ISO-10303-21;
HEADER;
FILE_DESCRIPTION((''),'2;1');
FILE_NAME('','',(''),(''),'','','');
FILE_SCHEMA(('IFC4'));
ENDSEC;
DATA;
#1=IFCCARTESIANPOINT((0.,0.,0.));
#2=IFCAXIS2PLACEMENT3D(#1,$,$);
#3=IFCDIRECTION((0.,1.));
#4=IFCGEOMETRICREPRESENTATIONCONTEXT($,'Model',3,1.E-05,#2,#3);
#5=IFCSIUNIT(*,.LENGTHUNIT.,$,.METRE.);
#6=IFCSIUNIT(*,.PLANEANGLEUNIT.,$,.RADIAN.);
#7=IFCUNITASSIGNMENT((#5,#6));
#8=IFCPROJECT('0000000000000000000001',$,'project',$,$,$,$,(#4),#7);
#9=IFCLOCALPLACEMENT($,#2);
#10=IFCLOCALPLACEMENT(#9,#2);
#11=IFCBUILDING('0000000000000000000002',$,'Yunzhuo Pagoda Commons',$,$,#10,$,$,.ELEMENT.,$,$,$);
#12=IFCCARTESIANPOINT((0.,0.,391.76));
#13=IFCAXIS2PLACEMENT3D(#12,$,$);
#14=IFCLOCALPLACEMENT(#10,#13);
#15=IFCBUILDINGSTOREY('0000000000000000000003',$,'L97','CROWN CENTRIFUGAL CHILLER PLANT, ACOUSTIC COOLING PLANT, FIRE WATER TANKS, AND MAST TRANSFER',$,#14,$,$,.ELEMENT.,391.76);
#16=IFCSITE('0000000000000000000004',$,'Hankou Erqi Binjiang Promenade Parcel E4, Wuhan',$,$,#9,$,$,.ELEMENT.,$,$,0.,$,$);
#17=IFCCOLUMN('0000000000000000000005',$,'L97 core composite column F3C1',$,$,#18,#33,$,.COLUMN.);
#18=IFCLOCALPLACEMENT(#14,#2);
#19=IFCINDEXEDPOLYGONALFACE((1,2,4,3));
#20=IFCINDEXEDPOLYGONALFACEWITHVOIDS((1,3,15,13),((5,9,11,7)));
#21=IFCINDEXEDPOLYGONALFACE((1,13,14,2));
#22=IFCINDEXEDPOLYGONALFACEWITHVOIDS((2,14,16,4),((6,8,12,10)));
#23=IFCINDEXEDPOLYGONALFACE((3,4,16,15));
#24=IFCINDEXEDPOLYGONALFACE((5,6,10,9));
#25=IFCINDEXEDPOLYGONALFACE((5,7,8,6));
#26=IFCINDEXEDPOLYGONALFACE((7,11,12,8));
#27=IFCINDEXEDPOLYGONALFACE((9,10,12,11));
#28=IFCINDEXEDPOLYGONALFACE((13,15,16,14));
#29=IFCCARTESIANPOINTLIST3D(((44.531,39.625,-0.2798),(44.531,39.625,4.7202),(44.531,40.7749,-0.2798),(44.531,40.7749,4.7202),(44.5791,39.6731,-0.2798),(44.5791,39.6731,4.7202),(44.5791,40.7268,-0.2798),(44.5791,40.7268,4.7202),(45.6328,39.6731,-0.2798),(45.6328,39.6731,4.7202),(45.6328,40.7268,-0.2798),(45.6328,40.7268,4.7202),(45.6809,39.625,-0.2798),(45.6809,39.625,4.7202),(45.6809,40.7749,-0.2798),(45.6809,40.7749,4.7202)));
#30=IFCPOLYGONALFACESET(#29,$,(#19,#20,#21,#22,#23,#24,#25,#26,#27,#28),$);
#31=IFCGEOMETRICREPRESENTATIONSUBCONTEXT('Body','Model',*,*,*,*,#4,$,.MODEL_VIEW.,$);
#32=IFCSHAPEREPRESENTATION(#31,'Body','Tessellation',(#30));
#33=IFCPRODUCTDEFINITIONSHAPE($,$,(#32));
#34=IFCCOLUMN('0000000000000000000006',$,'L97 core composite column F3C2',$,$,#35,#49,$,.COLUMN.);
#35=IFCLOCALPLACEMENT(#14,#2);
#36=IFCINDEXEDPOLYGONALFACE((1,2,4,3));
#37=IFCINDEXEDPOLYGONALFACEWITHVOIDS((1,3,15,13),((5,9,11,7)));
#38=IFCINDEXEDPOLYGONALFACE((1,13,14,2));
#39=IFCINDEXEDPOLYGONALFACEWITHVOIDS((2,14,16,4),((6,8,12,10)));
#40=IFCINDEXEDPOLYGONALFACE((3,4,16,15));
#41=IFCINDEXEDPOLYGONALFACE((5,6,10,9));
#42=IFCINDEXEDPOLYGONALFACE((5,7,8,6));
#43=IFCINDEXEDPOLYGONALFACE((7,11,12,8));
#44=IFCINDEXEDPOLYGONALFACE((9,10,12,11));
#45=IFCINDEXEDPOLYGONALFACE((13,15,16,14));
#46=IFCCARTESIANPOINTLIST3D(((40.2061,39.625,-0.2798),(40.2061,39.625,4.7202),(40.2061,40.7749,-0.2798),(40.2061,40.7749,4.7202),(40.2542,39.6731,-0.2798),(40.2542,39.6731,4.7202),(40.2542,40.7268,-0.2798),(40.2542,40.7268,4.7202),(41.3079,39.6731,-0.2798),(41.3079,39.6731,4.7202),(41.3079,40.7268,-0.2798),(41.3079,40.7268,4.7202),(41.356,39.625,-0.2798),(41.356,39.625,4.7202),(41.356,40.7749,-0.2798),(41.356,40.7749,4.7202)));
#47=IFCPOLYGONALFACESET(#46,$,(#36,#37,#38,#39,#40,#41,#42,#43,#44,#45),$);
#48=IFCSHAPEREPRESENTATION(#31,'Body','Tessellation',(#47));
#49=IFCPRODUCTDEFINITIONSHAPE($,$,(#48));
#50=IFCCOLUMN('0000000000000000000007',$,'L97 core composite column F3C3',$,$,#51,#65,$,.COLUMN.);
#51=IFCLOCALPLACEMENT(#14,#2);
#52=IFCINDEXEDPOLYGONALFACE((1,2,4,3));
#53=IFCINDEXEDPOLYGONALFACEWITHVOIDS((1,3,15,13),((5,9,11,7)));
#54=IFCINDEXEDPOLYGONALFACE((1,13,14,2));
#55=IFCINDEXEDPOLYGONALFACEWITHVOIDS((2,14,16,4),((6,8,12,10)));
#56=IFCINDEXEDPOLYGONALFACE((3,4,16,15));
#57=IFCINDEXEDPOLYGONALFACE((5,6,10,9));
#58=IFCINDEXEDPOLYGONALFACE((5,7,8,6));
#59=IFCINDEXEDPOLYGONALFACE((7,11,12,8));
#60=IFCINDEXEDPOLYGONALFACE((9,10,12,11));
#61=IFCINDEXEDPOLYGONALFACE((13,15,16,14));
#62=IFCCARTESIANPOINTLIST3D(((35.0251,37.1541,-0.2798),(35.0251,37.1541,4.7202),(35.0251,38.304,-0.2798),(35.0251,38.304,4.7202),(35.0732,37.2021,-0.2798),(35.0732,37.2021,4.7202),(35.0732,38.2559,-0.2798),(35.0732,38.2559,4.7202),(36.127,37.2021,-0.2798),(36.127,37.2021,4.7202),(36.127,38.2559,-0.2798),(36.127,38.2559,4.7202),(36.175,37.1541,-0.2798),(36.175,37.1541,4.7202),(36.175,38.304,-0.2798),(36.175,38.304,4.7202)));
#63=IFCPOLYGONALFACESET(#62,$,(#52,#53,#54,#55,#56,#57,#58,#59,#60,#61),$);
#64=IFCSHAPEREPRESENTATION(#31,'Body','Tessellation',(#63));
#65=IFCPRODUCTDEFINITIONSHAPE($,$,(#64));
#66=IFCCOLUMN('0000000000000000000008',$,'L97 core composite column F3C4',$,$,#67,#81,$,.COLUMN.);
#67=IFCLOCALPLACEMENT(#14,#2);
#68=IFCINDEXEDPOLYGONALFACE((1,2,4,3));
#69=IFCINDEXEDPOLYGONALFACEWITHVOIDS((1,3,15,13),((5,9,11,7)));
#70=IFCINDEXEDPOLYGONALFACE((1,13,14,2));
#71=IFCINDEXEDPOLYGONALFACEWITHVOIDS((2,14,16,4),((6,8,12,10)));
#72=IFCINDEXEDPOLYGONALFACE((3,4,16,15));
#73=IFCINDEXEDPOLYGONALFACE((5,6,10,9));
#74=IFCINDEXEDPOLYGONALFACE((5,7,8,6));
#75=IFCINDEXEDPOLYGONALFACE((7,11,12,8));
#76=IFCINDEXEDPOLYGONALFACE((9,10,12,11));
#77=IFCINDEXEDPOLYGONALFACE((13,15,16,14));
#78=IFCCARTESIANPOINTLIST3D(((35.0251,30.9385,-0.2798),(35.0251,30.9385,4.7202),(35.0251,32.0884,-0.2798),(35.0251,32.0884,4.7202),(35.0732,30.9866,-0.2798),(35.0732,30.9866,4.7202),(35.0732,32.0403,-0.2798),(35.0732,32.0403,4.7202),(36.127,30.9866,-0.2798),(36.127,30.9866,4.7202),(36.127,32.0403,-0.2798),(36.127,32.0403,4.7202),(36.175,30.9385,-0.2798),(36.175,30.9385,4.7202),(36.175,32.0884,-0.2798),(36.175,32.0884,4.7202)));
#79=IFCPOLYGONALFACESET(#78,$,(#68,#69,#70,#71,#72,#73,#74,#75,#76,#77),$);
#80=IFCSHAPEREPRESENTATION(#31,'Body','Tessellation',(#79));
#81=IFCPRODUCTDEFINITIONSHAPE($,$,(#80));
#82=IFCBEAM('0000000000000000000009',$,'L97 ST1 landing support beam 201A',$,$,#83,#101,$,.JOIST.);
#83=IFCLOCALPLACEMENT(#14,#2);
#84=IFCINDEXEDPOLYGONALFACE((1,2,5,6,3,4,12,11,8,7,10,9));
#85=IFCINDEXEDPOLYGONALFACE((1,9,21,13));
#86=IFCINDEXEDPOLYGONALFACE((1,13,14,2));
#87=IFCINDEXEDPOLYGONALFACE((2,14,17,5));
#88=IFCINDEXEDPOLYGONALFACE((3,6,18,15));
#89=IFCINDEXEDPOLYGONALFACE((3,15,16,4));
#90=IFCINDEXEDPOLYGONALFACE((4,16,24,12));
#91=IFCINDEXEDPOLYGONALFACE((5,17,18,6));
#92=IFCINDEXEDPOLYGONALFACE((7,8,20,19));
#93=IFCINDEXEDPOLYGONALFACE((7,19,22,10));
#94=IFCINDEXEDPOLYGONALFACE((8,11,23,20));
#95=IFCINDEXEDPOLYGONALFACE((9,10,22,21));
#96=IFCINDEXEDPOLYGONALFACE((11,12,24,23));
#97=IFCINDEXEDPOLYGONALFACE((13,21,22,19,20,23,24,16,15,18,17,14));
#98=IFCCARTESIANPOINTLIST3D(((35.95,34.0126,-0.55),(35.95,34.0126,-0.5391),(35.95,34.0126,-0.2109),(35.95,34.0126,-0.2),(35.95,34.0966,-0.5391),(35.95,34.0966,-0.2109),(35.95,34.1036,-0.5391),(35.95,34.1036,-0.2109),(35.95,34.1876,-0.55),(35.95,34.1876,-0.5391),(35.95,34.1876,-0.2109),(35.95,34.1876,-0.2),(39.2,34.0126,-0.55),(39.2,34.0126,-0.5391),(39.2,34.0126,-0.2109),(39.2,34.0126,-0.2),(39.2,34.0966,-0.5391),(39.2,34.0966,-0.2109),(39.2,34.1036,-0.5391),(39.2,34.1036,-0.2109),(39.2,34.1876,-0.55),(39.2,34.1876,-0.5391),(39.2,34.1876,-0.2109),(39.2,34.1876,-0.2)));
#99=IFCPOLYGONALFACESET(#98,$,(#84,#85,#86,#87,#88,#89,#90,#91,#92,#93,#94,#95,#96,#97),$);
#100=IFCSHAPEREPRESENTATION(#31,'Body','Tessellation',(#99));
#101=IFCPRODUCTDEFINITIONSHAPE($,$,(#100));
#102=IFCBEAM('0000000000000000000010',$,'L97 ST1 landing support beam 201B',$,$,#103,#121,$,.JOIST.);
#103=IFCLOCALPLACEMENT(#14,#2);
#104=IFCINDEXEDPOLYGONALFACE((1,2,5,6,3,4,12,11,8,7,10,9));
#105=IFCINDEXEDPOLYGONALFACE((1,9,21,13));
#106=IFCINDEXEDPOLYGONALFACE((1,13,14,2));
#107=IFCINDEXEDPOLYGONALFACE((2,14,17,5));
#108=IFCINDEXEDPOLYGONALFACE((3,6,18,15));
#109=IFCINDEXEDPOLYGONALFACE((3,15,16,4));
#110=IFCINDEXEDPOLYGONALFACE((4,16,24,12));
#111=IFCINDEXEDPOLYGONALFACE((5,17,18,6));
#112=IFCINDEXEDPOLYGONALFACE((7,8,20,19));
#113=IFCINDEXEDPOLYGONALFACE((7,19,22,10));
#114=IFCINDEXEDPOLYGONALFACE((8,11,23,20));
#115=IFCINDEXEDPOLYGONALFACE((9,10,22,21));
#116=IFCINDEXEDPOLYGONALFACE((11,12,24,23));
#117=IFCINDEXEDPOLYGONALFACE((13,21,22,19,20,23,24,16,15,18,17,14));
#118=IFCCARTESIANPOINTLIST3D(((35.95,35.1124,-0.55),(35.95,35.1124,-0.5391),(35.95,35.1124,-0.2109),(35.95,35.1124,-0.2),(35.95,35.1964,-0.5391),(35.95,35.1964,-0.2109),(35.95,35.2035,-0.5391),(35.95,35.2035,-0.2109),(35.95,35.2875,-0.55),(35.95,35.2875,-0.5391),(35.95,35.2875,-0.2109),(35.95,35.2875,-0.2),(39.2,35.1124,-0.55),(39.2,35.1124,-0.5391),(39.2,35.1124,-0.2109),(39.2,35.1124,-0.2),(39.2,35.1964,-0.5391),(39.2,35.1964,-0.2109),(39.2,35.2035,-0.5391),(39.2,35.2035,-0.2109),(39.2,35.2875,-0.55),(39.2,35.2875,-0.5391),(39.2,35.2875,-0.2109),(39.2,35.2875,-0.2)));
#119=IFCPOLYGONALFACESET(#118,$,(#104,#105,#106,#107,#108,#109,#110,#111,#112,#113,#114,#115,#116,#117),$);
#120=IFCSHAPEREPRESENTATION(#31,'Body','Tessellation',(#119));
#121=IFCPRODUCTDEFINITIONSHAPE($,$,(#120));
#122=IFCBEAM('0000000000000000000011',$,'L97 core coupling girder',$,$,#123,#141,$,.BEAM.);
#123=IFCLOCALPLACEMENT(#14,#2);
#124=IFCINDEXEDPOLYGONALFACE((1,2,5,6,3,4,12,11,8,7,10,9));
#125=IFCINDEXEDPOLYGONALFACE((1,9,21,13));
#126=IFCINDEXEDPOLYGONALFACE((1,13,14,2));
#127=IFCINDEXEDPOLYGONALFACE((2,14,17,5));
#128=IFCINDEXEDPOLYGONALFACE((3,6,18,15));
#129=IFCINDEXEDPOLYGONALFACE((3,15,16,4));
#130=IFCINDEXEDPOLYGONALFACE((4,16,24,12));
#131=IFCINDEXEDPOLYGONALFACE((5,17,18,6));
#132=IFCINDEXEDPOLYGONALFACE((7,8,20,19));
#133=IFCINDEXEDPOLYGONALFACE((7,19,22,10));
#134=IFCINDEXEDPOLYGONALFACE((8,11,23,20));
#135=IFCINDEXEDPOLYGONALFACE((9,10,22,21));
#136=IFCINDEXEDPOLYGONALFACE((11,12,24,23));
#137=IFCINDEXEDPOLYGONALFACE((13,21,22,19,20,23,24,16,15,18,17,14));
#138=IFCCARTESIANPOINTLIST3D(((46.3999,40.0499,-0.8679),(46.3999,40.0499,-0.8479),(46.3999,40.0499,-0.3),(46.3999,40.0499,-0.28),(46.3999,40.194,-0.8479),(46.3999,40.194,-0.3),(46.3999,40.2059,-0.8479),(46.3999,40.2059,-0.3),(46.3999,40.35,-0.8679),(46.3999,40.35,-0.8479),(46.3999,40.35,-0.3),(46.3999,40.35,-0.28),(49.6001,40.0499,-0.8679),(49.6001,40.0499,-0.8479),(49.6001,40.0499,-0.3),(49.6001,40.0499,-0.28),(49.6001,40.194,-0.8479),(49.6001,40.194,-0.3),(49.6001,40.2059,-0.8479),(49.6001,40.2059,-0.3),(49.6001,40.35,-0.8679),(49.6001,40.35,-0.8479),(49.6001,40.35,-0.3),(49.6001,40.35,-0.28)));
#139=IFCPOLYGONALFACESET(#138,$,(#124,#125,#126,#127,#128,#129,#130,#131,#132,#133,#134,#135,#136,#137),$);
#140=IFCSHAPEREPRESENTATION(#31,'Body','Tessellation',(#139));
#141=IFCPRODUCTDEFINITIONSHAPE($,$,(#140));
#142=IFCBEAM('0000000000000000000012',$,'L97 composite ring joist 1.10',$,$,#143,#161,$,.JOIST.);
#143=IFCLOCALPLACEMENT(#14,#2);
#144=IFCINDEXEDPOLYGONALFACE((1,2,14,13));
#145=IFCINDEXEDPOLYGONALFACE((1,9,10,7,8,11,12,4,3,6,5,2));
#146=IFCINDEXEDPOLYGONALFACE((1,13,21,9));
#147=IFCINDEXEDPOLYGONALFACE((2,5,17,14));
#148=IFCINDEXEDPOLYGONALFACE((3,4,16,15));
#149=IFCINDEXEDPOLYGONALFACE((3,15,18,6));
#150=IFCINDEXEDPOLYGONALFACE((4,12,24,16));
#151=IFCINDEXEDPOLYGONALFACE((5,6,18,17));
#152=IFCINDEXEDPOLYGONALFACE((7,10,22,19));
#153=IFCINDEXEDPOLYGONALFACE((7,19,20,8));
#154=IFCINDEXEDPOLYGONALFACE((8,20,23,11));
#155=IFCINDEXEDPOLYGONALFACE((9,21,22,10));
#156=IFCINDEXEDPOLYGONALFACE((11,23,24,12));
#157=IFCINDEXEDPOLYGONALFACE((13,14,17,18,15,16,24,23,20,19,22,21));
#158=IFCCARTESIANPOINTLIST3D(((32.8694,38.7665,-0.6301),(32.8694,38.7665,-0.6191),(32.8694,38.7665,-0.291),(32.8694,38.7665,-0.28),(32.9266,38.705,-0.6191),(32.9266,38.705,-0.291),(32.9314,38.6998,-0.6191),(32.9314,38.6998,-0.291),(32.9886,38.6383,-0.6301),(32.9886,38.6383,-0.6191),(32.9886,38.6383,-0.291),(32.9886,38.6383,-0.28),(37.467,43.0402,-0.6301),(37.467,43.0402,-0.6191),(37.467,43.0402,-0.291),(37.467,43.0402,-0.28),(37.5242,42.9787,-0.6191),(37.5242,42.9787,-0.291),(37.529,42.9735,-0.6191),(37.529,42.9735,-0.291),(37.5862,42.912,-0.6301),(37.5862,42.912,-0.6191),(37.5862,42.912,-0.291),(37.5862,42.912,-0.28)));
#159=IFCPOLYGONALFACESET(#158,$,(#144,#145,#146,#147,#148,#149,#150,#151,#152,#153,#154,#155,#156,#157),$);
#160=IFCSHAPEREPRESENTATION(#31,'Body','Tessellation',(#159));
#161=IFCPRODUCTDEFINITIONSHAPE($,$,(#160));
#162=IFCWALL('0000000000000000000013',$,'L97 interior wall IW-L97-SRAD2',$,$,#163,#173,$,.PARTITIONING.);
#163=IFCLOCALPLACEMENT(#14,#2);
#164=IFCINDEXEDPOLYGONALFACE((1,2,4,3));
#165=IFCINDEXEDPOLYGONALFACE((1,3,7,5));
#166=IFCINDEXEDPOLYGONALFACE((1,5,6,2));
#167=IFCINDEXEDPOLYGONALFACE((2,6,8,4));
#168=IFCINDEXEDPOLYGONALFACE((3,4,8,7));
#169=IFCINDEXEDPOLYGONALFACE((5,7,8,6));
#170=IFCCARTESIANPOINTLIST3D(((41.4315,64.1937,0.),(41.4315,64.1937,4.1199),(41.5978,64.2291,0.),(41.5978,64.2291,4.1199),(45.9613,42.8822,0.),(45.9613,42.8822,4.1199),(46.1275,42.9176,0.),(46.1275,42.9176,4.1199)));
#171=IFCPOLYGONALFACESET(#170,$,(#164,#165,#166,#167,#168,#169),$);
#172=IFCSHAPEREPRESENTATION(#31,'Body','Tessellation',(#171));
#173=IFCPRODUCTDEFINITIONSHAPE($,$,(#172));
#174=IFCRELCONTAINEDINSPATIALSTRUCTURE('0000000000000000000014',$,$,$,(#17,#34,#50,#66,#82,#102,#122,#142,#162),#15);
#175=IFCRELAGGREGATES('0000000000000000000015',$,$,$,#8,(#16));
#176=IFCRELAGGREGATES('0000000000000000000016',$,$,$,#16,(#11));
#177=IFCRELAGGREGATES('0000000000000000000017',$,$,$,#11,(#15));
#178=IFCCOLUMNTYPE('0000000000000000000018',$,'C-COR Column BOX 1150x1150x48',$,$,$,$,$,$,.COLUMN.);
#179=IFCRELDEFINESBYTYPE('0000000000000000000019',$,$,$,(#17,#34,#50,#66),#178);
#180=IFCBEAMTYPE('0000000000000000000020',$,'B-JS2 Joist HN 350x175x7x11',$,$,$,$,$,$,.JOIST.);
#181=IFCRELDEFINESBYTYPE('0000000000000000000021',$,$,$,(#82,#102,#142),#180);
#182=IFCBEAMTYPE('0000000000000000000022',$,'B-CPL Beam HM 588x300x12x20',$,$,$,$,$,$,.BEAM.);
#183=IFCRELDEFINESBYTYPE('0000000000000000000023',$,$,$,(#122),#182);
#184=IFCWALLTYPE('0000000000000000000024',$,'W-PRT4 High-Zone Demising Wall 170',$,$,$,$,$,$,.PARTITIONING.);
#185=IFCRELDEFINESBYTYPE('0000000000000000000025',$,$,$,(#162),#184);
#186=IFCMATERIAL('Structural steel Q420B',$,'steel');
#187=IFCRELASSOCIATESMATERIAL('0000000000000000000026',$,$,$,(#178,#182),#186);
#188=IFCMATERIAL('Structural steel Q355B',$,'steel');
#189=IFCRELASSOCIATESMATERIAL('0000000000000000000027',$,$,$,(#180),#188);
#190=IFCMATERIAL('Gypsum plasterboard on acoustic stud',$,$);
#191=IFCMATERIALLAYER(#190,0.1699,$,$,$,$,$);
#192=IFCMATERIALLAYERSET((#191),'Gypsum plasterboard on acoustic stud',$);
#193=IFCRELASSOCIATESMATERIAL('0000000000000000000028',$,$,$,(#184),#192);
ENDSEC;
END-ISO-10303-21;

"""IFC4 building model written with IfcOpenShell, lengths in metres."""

from ifc_helpers import new_model, si_unit, direction, frame, frame_2d, origin, origin_2d, place, context, subcontext, project, spatial, rectangle, hollow_rectangle, i_section, extrude, source, transform, mapped, material, layer, layer_set, material_profile, profile_set, type_object, element, save


model = new_model("IFC4")

# Units and contexts
model_context = context("Model", 3, precision=1e-05, world=origin(), true_north=direction((0.0, 1.0)))
body_context = subcontext(model_context, "Body", "Model", "MODEL_VIEW")
ifc_project = project(units=[si_unit("LENGTHUNIT", "METRE"), si_unit("PLANEANGLEUNIT", "RADIAN")], contexts=[model_context])

# Site, building, storey
site_placement = place(None, origin())
site = spatial("IfcSite", under=ifc_project, at=site_placement, Name="Hankou Erqi Binjiang Promenade Parcel E4, Wuhan", CompositionType="ELEMENT", RefElevation=0.0)
building_placement = place(site_placement, origin())
building = spatial("IfcBuilding", under=site, at=building_placement, Name="Yunzhuo Pagoda Commons", CompositionType="ELEMENT")
storey_placement = place(building_placement, frame((0.0, 0.0, 391.76)))
storey = spatial("IfcBuildingStorey", under=building, at=storey_placement, Name="L97", Description="CROWN CENTRIFUGAL CHILLER PLANT, ACOUSTIC COOLING PLANT, FIRE WATER TANKS, AND MAST TRANSFER", CompositionType="ELEMENT", Elevation=391.76)

# Columns
ifc_material_1 = material(Name="Structural steel Q420B", Category="steel")
ifc_material_profile_1 = material_profile(ifc_material_1, hollow_rectangle(XDim=1.1499, YDim=1.1499, WallThickness=0.0481, at=origin_2d()), Name="Structural steel Q420B")
ifc_profile_set_1 = profile_set([ifc_material_profile_1], Name="Structural steel Q420B")
column_type = type_object("IfcColumnType", Name="C-COR Column BOX 1150x1150x48", PredefinedType="COLUMN", material=ifc_profile_set_1)
shared_shape_1 = source(origin(), body_context, "Body", "SweptSolid", [
    extrude(hollow_rectangle(XDim=1.1499, YDim=1.1499, WallThickness=0.0481, at=origin_2d()), origin(), (0.0, 0.0, 1.0), 5.0),
])
for number, where, z_axis, x_axis, name in (
    (1, (45.106, 40.2, -0.2798), (0.0, 0.0, 1.0), (1.0, 0.0, 0.0), "L97 core composite column F3C1"),
    (2, (40.781, 40.2, -0.2798), (0.0, 0.0, 1.0), (1.0, 0.0, 0.0), "L97 core composite column F3C2"),
    (3, (35.6001, 37.729, -0.2798), (0.0, 0.0, 1.0), (1.0, 0.0, 0.0), "L97 core composite column F3C3"),
    (4, (35.6001, 31.5134, -0.2798), (0.0, 0.0, 1.0), (1.0, 0.0, 0.0), "L97 core composite column F3C4"),
):
    element("IfcColumn", number, at=place(storey_placement, frame(where, z_axis=z_axis, x_axis=x_axis)), inside=storey, type_object=column_type, Name=name, PredefinedType="COLUMN", context=body_context, shape_type="MappedRepresentation", body=[
        mapped(shared_shape_1, transform((0.0, 0.0, 0.0), scale=1.0)),
    ])

# Beams
ifc_material_2 = material(Name="Structural steel Q355B", Category="steel")
ifc_material_profile_2 = material_profile(ifc_material_2, i_section(OverallWidth=0.175, OverallDepth=0.3501, WebThickness=0.0071, FlangeThickness=0.011, at=origin_2d()), Name="Structural steel Q355B")
ifc_profile_set_2 = profile_set([ifc_material_profile_2], Name="Structural steel Q355B")
beam_type_1 = type_object("IfcBeamType", Name="B-JS2 Joist HN 350x175x7x11", PredefinedType="JOIST", material=ifc_profile_set_2)
shared_shape_2 = source(origin(), body_context, "Body", "SweptSolid", [
    extrude(i_section(OverallWidth=0.175, OverallDepth=0.3501, WebThickness=0.0071, FlangeThickness=0.011, at=origin_2d()), origin(), (0.0, 0.0, 1.0), 3.25),
])
for number, where, z_axis, x_axis, name in (
    (5, (35.95, 34.1001, -0.375), (1.0, 0.0, 0.0), (0.0, 1.0, 0.0), "L97 ST1 landing support beam 201A"),
    (6, (35.95, 35.2, -0.375), (1.0, 0.0, 0.0), (0.0, 1.0, 0.0), "L97 ST1 landing support beam 201B"),
):
    element("IfcBeam", number, at=place(storey_placement, frame(where, z_axis=z_axis, x_axis=x_axis)), inside=storey, type_object=beam_type_1, Name=name, PredefinedType="JOIST", context=body_context, shape_type="MappedRepresentation", body=[
        mapped(shared_shape_2, transform((0.0, 0.0, 0.0), scale=1.0)),
    ])
ifc_material_profile_3 = material_profile(ifc_material_1, i_section(OverallWidth=0.3, OverallDepth=0.5879, WebThickness=0.012, FlangeThickness=0.02, at=origin_2d()), Name="Structural steel Q420B")
ifc_profile_set_3 = profile_set([ifc_material_profile_3], Name="Structural steel Q420B")
beam_type_2 = type_object("IfcBeamType", Name="B-CPL Beam HM 588x300x12x20", PredefinedType="BEAM", material=ifc_profile_set_3)
shared_shape_3 = source(origin(), body_context, "Body", "SweptSolid", [
    extrude(i_section(OverallWidth=0.3, OverallDepth=0.5879, WebThickness=0.012, FlangeThickness=0.02, at=origin_2d()), origin(), (0.0, 0.0, 1.0), 3.2002),
])
beam_1_placement = place(storey_placement, frame((46.3999, 40.2, -0.574), z_axis=(1.0, 0.0, 0.0), x_axis=(0.0, 1.0, 0.0)))
element("IfcBeam", 7, at=beam_1_placement, inside=storey, type_object=beam_type_2, Name="L97 core coupling girder", PredefinedType="BEAM", context=body_context, shape_type="MappedRepresentation", body=[
    mapped(shared_shape_3, transform((0.0, 0.0, 0.0), scale=1.0)),
])
shared_shape_4 = source(origin(), body_context, "Body", "SweptSolid", [
    extrude(i_section(OverallWidth=0.175, OverallDepth=0.3501, WebThickness=0.0071, FlangeThickness=0.011, at=origin_2d()), origin(), (0.0, 0.0, 1.0), 6.2771),
])
beam_2_placement = place(storey_placement, frame((37.5266, 42.9761, -0.4551), z_axis=(-0.732442, -0.68083, 0.0), x_axis=(0.68083, -0.732442, 0.0)))
element("IfcBeam", 8, at=beam_2_placement, inside=storey, type_object=beam_type_1, Name="L97 composite ring joist 1.10", PredefinedType="JOIST", context=body_context, shape_type="MappedRepresentation", body=[
    mapped(shared_shape_4, transform((0.0, 0.0, 0.0), scale=1.0)),
])

# Wall
ifc_material_3 = material(Name="Gypsum plasterboard on acoustic stud")
ifc_layer_1 = layer(ifc_material_3, 0.1699)
ifc_layer_set_1 = layer_set([ifc_layer_1], Name="Gypsum plasterboard on acoustic stud")
wall_type_1 = type_object("IfcWallType", Name="W-PRT4 High-Zone Demising Wall 170", PredefinedType="PARTITIONING", material=ifc_layer_set_1)
wall_1_placement = place(storey_placement, frame((46.0444, 42.8999, 0.0), z_axis=(0.0, 0.0, 1.0), x_axis=(-0.207906, 0.978149, 0.0)))
element("IfcWall", 9, at=wall_1_placement, inside=storey, type_object=wall_type_1, Name="L97 interior wall IW-L97-SRAD2", PredefinedType="PARTITIONING", context=body_context, shape_type="SweptSolid", body=[
    extrude(rectangle(XDim=21.7876, YDim=0.1699, at=frame_2d((10.8938, 0.0))), origin(), (0.0, 0.0, 1.0), 4.1199),
])

save(model, "model.ifc")
